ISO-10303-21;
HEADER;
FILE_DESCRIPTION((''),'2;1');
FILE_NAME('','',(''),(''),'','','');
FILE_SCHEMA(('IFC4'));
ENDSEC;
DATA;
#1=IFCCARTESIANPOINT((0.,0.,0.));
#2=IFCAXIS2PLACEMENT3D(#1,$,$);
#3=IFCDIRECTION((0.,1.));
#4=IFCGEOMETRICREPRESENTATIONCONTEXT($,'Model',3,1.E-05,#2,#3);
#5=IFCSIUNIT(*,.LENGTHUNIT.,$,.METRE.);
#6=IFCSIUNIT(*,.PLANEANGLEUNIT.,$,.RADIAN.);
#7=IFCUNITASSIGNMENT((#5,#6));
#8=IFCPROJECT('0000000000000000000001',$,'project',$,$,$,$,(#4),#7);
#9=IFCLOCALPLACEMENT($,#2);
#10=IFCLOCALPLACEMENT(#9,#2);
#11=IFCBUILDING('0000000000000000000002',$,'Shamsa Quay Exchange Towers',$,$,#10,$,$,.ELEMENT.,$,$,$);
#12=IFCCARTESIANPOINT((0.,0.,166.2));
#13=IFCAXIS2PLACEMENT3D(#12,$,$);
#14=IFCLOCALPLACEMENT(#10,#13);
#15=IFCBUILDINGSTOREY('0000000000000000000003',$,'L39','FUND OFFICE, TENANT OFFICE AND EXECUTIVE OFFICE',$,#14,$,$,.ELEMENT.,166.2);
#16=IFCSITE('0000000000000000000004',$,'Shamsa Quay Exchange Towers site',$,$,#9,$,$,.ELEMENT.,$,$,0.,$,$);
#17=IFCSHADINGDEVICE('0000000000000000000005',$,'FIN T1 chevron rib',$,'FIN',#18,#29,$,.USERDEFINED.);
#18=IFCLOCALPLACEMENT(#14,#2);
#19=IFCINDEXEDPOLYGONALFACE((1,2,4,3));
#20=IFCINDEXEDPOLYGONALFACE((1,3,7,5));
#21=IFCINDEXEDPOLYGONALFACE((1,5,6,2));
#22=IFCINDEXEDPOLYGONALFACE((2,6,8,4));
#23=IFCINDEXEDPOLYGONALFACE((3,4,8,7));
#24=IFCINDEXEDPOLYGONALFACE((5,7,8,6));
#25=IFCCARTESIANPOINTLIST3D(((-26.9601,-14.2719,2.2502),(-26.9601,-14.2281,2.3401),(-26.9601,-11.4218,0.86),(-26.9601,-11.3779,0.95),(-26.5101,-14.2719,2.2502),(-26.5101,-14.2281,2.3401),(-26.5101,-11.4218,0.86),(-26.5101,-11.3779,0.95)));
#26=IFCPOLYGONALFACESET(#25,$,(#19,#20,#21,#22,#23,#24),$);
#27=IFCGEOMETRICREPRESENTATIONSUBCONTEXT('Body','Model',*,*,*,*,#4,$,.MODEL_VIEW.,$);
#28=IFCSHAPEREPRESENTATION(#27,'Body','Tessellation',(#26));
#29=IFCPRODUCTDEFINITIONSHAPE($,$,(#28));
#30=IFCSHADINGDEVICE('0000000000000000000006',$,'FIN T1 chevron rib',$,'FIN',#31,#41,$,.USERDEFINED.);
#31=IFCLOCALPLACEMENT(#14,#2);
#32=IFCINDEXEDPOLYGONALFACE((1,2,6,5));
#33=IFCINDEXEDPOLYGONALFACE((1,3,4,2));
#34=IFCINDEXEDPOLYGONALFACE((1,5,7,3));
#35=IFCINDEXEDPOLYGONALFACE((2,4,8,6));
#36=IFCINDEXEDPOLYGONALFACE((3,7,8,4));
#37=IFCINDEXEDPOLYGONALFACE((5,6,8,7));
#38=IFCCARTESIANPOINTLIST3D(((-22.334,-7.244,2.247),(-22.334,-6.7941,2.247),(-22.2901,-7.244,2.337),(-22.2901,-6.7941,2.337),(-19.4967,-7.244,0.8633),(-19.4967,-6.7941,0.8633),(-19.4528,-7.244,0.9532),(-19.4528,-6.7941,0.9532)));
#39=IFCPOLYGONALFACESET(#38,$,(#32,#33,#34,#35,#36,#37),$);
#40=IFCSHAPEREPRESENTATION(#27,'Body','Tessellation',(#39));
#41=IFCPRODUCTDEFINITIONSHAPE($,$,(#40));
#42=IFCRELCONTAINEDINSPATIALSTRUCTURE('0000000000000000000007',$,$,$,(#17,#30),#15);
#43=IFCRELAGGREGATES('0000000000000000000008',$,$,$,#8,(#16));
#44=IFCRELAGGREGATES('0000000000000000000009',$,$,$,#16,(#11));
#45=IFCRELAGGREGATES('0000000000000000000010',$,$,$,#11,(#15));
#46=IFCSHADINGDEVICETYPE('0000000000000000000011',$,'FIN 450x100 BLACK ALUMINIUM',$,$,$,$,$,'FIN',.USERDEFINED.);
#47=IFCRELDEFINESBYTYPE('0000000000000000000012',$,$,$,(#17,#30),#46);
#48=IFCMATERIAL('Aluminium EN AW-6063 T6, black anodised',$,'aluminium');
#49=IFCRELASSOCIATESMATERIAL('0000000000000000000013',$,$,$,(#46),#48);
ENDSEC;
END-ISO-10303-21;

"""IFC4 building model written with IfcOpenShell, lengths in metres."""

from ifc_helpers import new_model, si_unit, direction, frame, origin, origin_2d, place, context, subcontext, project, spatial, rectangle, extrude, material, material_profile, profile_set, type_object, element, save


model = new_model("IFC4")

# Units and contexts
model_context = context("Model", 3, precision=1e-05, world=origin(), true_north=direction((0.0, 1.0)))
body_context = subcontext(model_context, "Body", "Model", "MODEL_VIEW")
ifc_project = project(units=[si_unit("LENGTHUNIT", "METRE"), si_unit("PLANEANGLEUNIT", "RADIAN")], contexts=[model_context])

# Site, building, storey
site_placement = place(None, origin())
site = spatial("IfcSite", under=ifc_project, at=site_placement, Name="Shamsa Quay Exchange Towers site", CompositionType="ELEMENT", RefElevation=0.0)
building_placement = place(site_placement, origin())
building = spatial("IfcBuilding", under=site, at=building_placement, Name="Shamsa Quay Exchange Towers", CompositionType="ELEMENT")
storey_placement = place(building_placement, frame((0.0, 0.0, 166.2)))
storey = spatial("IfcBuildingStorey", under=building, at=storey_placement, Name="L39", Description="FUND OFFICE, TENANT OFFICE AND EXECUTIVE OFFICE", CompositionType="ELEMENT", Elevation=166.2)

# Shared definitions
ifc_material_1 = material(Name="Aluminium EN AW-6063 T6, black anodised", Category="aluminium")

# Shading devices
ifc_material_profile_1 = material_profile(ifc_material_1, rectangle(XDim=0.45, YDim=0.1001, at=origin_2d()), Name="FIN450x100")
ifc_profile_set_1 = profile_set([ifc_material_profile_1], Name="Aluminium EN AW-6063 T6, black anodised")
shading_device_type = type_object("IfcShadingDeviceType", Name="FIN 450x100 BLACK ALUMINIUM", ElementType="FIN", PredefinedType="USERDEFINED", material=ifc_profile_set_1)
shading_device_1_placement = place(storey_placement, frame((-26.7351, -14.25, 2.2952), z_axis=(0.0, 0.898788, -0.438384), x_axis=(-1.0, 0.0, 0.0)))
element("IfcShadingDevice", 1, at=shading_device_1_placement, inside=storey, type_object=shading_device_type, Name="FIN T1 chevron rib", ObjectType="FIN", PredefinedType="USERDEFINED", context=body_context, shape_type="SweptSolid", body=[
    extrude(rectangle(XDim=0.45, YDim=0.1001, at=origin_2d()), origin(), (0.0, 0.0, 1.0), 3.1711),
])
shading_device_2_placement = place(storey_placement, frame((-22.312, -7.019, 2.292), z_axis=(0.898807, 0.0, -0.438344), x_axis=(0.0, 1.0, 0.0)))
element("IfcShadingDevice", 2, at=shading_device_2_placement, inside=storey, type_object=shading_device_type, Name="FIN T1 chevron rib", ObjectType="FIN", PredefinedType="USERDEFINED", context=body_context, shape_type="SweptSolid", body=[
    extrude(rectangle(XDim=0.45, YDim=0.1001, at=origin_2d()), origin(), (0.0, 0.0, 1.0), 3.1567),
])

save(model, "model.ifc")
